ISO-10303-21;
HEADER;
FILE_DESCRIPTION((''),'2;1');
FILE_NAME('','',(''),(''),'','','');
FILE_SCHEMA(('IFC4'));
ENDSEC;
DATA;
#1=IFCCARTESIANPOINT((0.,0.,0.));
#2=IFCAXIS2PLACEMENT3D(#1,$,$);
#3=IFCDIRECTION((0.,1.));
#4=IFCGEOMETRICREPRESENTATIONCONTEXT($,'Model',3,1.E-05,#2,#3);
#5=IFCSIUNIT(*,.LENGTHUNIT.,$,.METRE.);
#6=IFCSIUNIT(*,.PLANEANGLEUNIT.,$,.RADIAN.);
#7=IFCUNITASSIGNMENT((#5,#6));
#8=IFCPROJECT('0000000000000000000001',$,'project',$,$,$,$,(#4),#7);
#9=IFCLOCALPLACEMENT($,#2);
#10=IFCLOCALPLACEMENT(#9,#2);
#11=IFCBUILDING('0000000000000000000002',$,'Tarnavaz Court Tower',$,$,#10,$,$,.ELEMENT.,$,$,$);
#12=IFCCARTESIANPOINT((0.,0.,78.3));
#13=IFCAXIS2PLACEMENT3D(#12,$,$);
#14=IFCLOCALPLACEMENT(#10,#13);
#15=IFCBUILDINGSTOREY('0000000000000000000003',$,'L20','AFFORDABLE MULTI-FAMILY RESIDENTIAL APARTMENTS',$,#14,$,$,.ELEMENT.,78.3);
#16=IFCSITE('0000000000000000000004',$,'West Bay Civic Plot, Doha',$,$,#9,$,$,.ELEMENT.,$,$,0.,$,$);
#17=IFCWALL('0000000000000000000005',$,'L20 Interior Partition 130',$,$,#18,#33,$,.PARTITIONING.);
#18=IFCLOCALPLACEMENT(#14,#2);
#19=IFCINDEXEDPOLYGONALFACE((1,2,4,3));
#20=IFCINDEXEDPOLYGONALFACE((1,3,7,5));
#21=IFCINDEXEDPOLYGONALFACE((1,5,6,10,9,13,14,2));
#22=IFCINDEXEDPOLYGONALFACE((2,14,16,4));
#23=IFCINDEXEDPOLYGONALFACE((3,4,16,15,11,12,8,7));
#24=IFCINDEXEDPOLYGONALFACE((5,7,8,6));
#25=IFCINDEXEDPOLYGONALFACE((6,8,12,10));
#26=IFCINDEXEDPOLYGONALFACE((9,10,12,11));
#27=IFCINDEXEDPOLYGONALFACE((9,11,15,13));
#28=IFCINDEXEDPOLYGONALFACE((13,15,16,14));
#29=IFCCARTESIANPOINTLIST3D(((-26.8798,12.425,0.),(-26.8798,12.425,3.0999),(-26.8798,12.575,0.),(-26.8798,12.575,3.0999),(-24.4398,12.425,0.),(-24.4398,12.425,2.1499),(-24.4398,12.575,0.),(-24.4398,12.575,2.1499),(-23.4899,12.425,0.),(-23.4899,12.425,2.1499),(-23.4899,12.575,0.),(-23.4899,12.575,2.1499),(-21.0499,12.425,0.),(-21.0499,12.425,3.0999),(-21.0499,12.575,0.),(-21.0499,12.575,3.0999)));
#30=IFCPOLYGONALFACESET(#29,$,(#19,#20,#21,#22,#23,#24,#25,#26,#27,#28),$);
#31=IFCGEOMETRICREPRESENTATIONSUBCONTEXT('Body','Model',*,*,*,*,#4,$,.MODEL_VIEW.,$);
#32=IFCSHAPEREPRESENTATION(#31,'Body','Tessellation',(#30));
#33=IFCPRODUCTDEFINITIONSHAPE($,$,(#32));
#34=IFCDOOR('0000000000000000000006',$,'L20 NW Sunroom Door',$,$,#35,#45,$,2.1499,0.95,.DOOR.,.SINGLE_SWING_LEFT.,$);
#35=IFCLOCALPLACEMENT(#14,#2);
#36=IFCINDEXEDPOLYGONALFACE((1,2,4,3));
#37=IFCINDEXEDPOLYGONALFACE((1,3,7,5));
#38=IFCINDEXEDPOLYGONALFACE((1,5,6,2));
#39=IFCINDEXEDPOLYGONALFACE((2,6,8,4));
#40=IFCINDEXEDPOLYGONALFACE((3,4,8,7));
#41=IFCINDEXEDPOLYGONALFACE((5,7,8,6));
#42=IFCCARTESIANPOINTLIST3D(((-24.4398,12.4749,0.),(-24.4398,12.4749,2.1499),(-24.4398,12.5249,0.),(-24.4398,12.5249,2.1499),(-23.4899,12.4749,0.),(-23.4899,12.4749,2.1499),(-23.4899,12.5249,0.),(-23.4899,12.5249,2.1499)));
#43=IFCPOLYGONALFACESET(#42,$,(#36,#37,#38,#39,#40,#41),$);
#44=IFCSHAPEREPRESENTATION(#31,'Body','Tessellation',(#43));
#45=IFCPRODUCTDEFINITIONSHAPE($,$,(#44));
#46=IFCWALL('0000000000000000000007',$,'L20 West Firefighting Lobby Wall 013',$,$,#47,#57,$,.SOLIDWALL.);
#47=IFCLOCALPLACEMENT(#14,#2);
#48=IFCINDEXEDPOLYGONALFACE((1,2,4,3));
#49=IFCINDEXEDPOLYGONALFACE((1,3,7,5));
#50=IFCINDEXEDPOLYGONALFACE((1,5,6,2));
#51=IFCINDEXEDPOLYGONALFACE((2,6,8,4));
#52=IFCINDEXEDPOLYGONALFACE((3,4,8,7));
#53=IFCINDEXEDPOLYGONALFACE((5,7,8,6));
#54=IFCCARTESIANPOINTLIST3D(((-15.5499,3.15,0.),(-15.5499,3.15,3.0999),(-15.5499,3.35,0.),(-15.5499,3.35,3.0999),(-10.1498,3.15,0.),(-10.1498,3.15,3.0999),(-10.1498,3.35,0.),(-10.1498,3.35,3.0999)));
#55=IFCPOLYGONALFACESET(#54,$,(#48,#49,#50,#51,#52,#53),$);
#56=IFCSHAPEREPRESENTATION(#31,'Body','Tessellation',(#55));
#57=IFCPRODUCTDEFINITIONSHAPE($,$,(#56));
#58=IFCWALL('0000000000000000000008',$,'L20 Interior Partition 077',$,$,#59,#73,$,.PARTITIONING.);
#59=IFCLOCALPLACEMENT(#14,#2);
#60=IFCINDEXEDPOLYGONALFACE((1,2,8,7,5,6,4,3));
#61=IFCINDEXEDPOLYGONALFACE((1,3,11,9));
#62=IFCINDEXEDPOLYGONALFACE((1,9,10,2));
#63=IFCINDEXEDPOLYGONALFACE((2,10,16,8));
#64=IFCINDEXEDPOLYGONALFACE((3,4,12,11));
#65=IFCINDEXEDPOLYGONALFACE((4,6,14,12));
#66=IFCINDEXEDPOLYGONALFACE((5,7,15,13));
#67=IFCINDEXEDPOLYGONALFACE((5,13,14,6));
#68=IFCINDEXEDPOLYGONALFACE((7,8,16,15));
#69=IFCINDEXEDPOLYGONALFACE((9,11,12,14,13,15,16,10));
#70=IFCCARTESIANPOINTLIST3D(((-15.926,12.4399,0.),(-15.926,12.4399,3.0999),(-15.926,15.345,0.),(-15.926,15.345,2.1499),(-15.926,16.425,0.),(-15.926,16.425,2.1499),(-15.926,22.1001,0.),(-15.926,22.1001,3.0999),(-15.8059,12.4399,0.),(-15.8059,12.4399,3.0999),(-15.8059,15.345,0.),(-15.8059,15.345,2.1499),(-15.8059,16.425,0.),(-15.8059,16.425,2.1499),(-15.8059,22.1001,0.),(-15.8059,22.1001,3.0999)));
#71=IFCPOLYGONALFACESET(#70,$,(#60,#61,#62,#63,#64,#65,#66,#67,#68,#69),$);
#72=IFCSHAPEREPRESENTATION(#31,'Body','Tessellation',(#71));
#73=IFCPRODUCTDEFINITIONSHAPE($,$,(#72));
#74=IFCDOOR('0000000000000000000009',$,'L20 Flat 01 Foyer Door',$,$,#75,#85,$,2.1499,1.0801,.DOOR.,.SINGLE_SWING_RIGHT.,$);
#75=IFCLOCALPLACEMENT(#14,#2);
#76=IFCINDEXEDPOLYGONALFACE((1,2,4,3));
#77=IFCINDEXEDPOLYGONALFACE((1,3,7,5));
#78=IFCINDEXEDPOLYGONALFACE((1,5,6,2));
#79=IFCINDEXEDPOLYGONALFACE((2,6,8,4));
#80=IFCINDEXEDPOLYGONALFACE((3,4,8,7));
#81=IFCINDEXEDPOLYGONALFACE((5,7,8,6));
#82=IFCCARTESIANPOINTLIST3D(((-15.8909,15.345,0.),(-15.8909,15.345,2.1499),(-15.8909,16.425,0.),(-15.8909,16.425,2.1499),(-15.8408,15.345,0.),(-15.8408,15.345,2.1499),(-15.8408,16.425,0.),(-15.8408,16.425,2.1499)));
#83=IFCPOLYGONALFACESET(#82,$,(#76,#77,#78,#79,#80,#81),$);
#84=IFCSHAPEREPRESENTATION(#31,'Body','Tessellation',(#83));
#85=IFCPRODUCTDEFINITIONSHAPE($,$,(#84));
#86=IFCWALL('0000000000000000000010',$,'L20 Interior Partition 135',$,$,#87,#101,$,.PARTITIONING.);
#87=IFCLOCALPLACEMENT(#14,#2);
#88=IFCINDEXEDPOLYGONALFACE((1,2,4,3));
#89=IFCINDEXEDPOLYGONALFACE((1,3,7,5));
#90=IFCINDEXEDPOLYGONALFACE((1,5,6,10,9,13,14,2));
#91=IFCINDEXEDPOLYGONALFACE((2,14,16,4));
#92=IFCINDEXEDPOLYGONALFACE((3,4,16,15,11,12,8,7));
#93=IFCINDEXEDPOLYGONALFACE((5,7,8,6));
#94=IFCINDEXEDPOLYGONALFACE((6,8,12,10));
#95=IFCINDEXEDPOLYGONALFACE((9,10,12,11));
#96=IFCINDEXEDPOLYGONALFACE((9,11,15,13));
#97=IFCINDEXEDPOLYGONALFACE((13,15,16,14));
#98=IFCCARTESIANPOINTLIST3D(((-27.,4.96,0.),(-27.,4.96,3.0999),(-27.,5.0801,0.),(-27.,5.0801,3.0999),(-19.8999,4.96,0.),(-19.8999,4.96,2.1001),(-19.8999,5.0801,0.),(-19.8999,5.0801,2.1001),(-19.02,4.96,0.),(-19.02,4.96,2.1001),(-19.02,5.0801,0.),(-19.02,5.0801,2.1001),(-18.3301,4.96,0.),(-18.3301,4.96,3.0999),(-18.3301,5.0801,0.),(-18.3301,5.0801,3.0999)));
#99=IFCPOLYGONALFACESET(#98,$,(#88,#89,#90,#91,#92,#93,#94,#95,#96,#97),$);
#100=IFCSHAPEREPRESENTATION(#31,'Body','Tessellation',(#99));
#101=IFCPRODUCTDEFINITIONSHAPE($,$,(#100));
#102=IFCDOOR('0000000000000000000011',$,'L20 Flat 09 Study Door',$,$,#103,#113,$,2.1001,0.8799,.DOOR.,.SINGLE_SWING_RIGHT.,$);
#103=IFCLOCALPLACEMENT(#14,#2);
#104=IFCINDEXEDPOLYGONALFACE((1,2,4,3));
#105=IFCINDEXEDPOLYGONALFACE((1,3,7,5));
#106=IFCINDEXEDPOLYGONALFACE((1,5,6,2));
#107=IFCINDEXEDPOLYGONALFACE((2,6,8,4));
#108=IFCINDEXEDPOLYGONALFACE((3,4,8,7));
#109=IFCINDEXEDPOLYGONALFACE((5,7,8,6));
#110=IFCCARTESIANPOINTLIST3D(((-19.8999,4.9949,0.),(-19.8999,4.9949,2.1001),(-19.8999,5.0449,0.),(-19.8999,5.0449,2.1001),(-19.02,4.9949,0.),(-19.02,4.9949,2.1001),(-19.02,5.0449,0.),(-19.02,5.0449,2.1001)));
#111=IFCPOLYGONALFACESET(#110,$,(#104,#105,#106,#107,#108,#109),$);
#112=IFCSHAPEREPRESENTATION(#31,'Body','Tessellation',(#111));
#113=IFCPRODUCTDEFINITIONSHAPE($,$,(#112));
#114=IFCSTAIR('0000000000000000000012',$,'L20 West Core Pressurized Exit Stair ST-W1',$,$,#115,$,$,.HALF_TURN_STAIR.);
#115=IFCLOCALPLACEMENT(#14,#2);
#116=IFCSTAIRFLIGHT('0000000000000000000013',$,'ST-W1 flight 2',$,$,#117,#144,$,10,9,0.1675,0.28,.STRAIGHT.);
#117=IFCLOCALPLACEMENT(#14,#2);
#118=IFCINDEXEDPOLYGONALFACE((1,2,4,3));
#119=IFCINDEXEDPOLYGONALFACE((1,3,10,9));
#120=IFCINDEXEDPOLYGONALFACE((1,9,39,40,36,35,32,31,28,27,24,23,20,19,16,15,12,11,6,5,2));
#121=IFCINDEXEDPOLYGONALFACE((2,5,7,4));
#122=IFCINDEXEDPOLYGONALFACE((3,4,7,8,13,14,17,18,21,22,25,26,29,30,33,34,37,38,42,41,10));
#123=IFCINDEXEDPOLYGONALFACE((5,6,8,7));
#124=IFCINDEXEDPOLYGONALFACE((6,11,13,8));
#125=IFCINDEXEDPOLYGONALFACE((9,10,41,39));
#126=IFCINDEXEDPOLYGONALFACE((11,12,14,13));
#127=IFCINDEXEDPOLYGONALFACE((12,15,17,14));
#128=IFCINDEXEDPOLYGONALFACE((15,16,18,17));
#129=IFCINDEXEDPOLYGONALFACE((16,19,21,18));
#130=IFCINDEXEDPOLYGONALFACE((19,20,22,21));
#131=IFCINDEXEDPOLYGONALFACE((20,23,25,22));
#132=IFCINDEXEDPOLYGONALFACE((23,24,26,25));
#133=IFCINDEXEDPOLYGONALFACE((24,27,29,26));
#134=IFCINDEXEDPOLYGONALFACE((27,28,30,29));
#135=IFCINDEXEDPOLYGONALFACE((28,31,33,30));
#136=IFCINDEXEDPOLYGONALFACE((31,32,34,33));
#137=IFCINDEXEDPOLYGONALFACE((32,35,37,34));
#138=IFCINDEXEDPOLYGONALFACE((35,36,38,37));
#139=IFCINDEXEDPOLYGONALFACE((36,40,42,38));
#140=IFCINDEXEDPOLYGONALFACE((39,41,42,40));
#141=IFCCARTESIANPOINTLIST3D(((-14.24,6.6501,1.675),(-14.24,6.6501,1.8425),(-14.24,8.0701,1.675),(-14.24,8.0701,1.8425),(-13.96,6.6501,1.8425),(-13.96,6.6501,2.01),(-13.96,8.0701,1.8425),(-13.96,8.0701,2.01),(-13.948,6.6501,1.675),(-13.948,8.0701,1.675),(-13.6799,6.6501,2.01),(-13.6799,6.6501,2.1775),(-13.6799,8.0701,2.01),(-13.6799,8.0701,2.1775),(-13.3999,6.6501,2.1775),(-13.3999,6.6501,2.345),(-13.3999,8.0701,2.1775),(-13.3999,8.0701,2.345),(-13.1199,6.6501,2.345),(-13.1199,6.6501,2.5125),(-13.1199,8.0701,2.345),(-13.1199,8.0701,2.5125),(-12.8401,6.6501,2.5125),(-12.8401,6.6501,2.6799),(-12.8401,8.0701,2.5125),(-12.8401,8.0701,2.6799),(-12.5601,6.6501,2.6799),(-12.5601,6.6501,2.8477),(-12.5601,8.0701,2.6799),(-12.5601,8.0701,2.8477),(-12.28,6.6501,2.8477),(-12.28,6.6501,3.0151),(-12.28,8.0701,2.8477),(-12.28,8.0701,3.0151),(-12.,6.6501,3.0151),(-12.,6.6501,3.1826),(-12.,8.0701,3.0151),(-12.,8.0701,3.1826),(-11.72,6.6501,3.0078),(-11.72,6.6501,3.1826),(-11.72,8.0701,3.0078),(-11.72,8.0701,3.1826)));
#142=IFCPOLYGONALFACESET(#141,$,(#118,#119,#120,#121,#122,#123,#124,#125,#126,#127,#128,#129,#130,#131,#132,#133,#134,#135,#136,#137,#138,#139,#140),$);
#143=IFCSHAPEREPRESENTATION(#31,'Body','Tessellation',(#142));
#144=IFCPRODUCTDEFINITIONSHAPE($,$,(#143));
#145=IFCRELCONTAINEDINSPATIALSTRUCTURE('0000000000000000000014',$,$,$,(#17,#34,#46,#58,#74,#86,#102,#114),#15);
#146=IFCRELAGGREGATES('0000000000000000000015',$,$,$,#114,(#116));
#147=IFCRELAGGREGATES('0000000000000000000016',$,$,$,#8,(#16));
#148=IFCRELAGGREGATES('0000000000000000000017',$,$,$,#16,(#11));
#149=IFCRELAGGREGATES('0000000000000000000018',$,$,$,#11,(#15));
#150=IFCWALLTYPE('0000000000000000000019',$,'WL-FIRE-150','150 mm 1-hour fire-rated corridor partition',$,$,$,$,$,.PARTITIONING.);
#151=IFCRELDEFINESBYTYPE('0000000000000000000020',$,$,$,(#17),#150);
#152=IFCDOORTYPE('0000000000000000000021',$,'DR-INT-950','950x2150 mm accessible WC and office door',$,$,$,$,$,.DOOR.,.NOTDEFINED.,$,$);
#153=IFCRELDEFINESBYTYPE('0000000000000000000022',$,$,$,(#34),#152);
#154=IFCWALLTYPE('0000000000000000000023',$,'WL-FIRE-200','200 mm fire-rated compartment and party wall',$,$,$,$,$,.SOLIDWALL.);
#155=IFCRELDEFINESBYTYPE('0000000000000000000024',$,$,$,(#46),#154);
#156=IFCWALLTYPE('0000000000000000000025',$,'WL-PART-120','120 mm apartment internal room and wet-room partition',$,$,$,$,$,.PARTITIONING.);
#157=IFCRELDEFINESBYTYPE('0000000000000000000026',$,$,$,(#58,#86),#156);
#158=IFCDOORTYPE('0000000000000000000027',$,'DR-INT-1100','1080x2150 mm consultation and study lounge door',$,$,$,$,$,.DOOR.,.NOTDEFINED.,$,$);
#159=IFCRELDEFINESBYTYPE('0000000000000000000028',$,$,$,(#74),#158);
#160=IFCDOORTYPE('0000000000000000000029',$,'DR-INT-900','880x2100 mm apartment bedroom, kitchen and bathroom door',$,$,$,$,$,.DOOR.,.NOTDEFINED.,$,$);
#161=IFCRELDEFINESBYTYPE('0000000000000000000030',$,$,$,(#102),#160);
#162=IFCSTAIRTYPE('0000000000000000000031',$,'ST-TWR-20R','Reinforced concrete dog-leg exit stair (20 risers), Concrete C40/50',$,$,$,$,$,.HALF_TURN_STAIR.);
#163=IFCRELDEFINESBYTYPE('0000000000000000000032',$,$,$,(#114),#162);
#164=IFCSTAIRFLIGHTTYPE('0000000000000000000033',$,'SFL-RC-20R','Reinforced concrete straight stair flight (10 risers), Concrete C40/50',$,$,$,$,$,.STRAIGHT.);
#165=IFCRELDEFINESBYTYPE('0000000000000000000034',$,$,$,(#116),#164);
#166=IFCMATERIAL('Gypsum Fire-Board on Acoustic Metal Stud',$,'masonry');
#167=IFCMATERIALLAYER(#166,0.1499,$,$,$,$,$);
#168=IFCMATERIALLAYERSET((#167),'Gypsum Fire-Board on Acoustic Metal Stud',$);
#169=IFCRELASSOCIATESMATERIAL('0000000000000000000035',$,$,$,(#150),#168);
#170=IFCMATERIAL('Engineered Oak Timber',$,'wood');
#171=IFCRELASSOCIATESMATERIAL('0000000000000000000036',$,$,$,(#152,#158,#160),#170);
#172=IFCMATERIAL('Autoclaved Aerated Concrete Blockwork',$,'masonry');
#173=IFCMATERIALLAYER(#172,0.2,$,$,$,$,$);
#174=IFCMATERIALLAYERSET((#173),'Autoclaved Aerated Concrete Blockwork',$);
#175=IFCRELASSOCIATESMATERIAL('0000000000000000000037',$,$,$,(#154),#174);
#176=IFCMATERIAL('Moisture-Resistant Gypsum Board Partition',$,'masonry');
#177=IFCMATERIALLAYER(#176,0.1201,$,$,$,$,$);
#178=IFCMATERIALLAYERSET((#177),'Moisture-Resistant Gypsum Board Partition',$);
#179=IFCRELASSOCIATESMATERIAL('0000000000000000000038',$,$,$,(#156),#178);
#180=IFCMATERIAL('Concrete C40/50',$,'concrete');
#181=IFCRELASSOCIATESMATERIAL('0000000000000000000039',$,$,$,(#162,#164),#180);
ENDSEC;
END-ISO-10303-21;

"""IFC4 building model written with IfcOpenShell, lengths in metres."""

from ifc_helpers import new_model, si_unit, direction, frame, frame_2d, origin, place, context, subcontext, project, spatial, polyline, rectangle, outline, extrude, material, layer, layer_set, type_object, element, fill, aggregate, save


model = new_model("IFC4")

# Units and contexts
model_context = context("Model", 3, precision=1e-05, world=origin(), true_north=direction((0.0, 1.0)))
body_context = subcontext(model_context, "Body", "Model", "MODEL_VIEW")
ifc_project = project(units=[si_unit("LENGTHUNIT", "METRE"), si_unit("PLANEANGLEUNIT", "RADIAN")], contexts=[model_context])

# Site, building, storey
site_placement = place(None, origin())
site = spatial("IfcSite", under=ifc_project, at=site_placement, Name="West Bay Civic Plot, Doha", CompositionType="ELEMENT", RefElevation=0.0)
building_placement = place(site_placement, origin())
building = spatial("IfcBuilding", under=site, at=building_placement, Name="Tarnavaz Court Tower", CompositionType="ELEMENT")
storey_placement = place(building_placement, frame((0.0, 0.0, 78.3)))
storey = spatial("IfcBuildingStorey", under=building, at=storey_placement, Name="L20", Description="AFFORDABLE MULTI-FAMILY RESIDENTIAL APARTMENTS", CompositionType="ELEMENT", Elevation=78.3)

# Shared definitions
ifc_material_1 = material(Name="Gypsum Fire-Board on Acoustic Metal Stud", Category="masonry")
ifc_layer_1 = layer(ifc_material_1, 0.1499)
ifc_layer_set_1 = layer_set([ifc_layer_1], Name="Gypsum Fire-Board on Acoustic Metal Stud")
wall_type_1 = type_object("IfcWallType", Name="WL-FIRE-150", Description="150 mm 1-hour fire-rated corridor partition", PredefinedType="PARTITIONING", material=ifc_layer_set_1)

# Wall, opening, door
wall_1_placement = place(storey_placement, frame((-26.8799, 12.5, 0.0), z_axis=(0.0, 0.0, 1.0), x_axis=(1.0, 0.0, 0.0)))
wall_1 = element("IfcWall", 1, at=wall_1_placement, inside=storey, type_object=wall_type_1, Name="L20 Interior Partition 130", PredefinedType="PARTITIONING", context=body_context, shape_type="SweptSolid", body=[
    extrude(rectangle(XDim=5.8298, YDim=0.1499, at=frame_2d((2.915, 0.0))), origin(), (0.0, 0.0, 1.0), 3.0999),
])
opening_1_placement = place(wall_1_placement, frame((2.4399, 0.0, 0.0)))
opening_1 = element("IfcOpeningElement", 2, at=opening_1_placement, cuts=wall_1, PredefinedType="OPENING", context=body_context, shape_type="SweptSolid", body=[
    extrude(rectangle(XDim=0.95, YDim=2.1499, at=frame_2d((0.4751, 1.075))), frame((0.0, 0.085, 0.0), z_axis=(0.0, -1.0, 0.0), x_axis=(1.0, 0.0, 0.0)), (0.0, 0.0, 1.0), 0.1699),
])
ifc_material_2 = material(Name="Engineered Oak Timber", Category="wood")
door_type_1 = type_object("IfcDoorType", Name="DR-INT-950", Description="950x2150 mm accessible WC and office door", OperationType="NOTDEFINED", PredefinedType="DOOR", material=ifc_material_2)
door_1_placement = place(opening_1_placement, origin())
door_1 = element("IfcDoor", 3, at=door_1_placement, inside=storey, type_object=door_type_1, Name="L20 NW Sunroom Door", OperationType="SINGLE_SWING_LEFT", OverallHeight=2.1499, OverallWidth=0.95, PredefinedType="DOOR", context=body_context, shape_type="SweptSolid", body=[
    extrude(rectangle(XDim=0.95, YDim=2.1499, at=frame_2d((0.4751, 1.075))), frame((0.0, 0.0249, 0.0), z_axis=(0.0, -1.0, 0.0), x_axis=(1.0, 0.0, 0.0)), (0.0, 0.0, 1.0), 0.05),
])
fill(opening_1, door_1)

# Wall
ifc_material_3 = material(Name="Autoclaved Aerated Concrete Blockwork", Category="masonry")
ifc_layer_2 = layer(ifc_material_3, 0.2)
ifc_layer_set_2 = layer_set([ifc_layer_2], Name="Autoclaved Aerated Concrete Blockwork")
wall_type_2 = type_object("IfcWallType", Name="WL-FIRE-200", Description="200 mm fire-rated compartment and party wall", PredefinedType="SOLIDWALL", material=ifc_layer_set_2)
wall_2_placement = place(storey_placement, frame((-15.55, 3.25, 0.0), z_axis=(0.0, 0.0, 1.0), x_axis=(1.0, 0.0, 0.0)))
element("IfcWall", 4, at=wall_2_placement, inside=storey, type_object=wall_type_2, Name="L20 West Firefighting Lobby Wall 013", PredefinedType="SOLIDWALL", context=body_context, shape_type="SweptSolid", body=[
    extrude(rectangle(XDim=5.4001, YDim=0.2, at=frame_2d((2.7002, 0.0))), origin(), (0.0, 0.0, 1.0), 3.0999),
])

# Walls, openings, doors
ifc_material_4 = material(Name="Moisture-Resistant Gypsum Board Partition", Category="masonry")
ifc_layer_3 = layer(ifc_material_4, 0.1201)
ifc_layer_set_3 = layer_set([ifc_layer_3], Name="Moisture-Resistant Gypsum Board Partition")
wall_type_3 = type_object("IfcWallType", Name="WL-PART-120", Description="120 mm apartment internal room and wet-room partition", PredefinedType="PARTITIONING", material=ifc_layer_set_3)
wall_3_placement = place(storey_placement, frame((-15.866, 12.4399, 0.0), z_axis=(0.0, 0.0, 1.0), x_axis=(0.0, 1.0, 0.0)))
wall_3 = element("IfcWall", 5, at=wall_3_placement, inside=storey, type_object=wall_type_3, Name="L20 Interior Partition 077", PredefinedType="PARTITIONING", context=body_context, shape_type="SweptSolid", body=[
    extrude(rectangle(XDim=9.6602, YDim=0.1201, at=frame_2d((4.8301, 0.0))), origin(), (0.0, 0.0, 1.0), 3.0999),
])
opening_2_placement = place(wall_3_placement, frame((2.905, 0.0, 0.0)))
opening_2 = element("IfcOpeningElement", 6, at=opening_2_placement, cuts=wall_3, PredefinedType="OPENING", context=body_context, shape_type="SweptSolid", body=[
    extrude(rectangle(XDim=1.0801, YDim=2.1499, at=frame_2d((0.54, 1.075))), frame((0.0, 0.0701, 0.0), z_axis=(0.0, -1.0, 0.0), x_axis=(1.0, 0.0, 0.0)), (0.0, 0.0, 1.0), 0.1401),
])
door_type_2 = type_object("IfcDoorType", Name="DR-INT-1100", Description="1080x2150 mm consultation and study lounge door", OperationType="NOTDEFINED", PredefinedType="DOOR", material=ifc_material_2)
door_2_placement = place(opening_2_placement, origin())
door_2 = element("IfcDoor", 7, at=door_2_placement, inside=storey, type_object=door_type_2, Name="L20 Flat 01 Foyer Door", OperationType="SINGLE_SWING_RIGHT", OverallHeight=2.1499, OverallWidth=1.0801, PredefinedType="DOOR", context=body_context, shape_type="SweptSolid", body=[
    extrude(rectangle(XDim=1.0801, YDim=2.1499, at=frame_2d((0.54, 1.075))), frame((0.0, 0.0249, 0.0), z_axis=(0.0, -1.0, 0.0), x_axis=(1.0, 0.0, 0.0)), (0.0, 0.0, 1.0), 0.05),
])
fill(opening_2, door_2)
wall_4_placement = place(storey_placement, frame((-27.0, 5.02, 0.0), z_axis=(0.0, 0.0, 1.0), x_axis=(1.0, 0.0, 0.0)))
wall_4 = element("IfcWall", 8, at=wall_4_placement, inside=storey, type_object=wall_type_3, Name="L20 Interior Partition 135", PredefinedType="PARTITIONING", context=body_context, shape_type="SweptSolid", body=[
    extrude(rectangle(XDim=8.6699, YDim=0.1201, at=frame_2d((4.335, 0.0))), origin(), (0.0, 0.0, 1.0), 3.0999),
])
opening_3_placement = place(wall_4_placement, frame((7.1001, 0.0, 0.0)))
opening_3 = element("IfcOpeningElement", 9, at=opening_3_placement, cuts=wall_4, PredefinedType="OPENING", context=body_context, shape_type="SweptSolid", body=[
    extrude(rectangle(XDim=0.8799, YDim=2.1001, at=frame_2d((0.4399, 1.05))), frame((0.0, 0.0701, 0.0), z_axis=(0.0, -1.0, 0.0), x_axis=(1.0, 0.0, 0.0)), (0.0, 0.0, 1.0), 0.1401),
])
door_type_3 = type_object("IfcDoorType", Name="DR-INT-900", Description="880x2100 mm apartment bedroom, kitchen and bathroom door", OperationType="NOTDEFINED", PredefinedType="DOOR", material=ifc_material_2)
door_3_placement = place(opening_3_placement, origin())
door_3 = element("IfcDoor", 10, at=door_3_placement, inside=storey, type_object=door_type_3, Name="L20 Flat 09 Study Door", OperationType="SINGLE_SWING_RIGHT", OverallHeight=2.1001, OverallWidth=0.8799, PredefinedType="DOOR", context=body_context, shape_type="SweptSolid", body=[
    extrude(rectangle(XDim=0.8799, YDim=2.1001, at=frame_2d((0.4399, 1.05))), frame((0.0, 0.0249, 0.0), z_axis=(0.0, -1.0, 0.0), x_axis=(1.0, 0.0, 0.0)), (0.0, 0.0, 1.0), 0.05),
])
fill(opening_3, door_3)

# Stair, stair flight
ifc_material_5 = material(Name="Concrete C40/50", Category="concrete")
stair_type = type_object("IfcStairType", Name="ST-TWR-20R", Description="Reinforced concrete dog-leg exit stair (20 risers), Concrete C40/50", PredefinedType="HALF_TURN_STAIR", material=ifc_material_5)
stair_placement = place(storey_placement, origin())
stair = element("IfcStair", 11, at=stair_placement, inside=storey, type_object=stair_type, Name="L20 West Core Pressurized Exit Stair ST-W1", PredefinedType="HALF_TURN_STAIR")
stair_flight_type = type_object("IfcStairFlightType", Name="SFL-RC-20R", Description="Reinforced concrete straight stair flight (10 risers), Concrete C40/50", PredefinedType="STRAIGHT", material=ifc_material_5)
stair_flight_placement = place(storey_placement, frame((-14.24, 7.3601, 1.675), z_axis=(0.0, 0.0, 1.0), x_axis=(1.0, 0.0, 0.0)))
stair_flight = element("IfcStairFlight", 12, at=stair_flight_placement, type_object=stair_flight_type, Name="ST-W1 flight 2", NumberOfRisers=10, NumberOfTreads=9, PredefinedType="STRAIGHT", RiserHeight=0.1675, TreadLength=0.28, context=body_context, shape_type="SweptSolid", body=[
    extrude(outline(polyline([(0.0, 0.0), (0.0, 0.1675), (0.28, 0.1675), (0.28, 0.335), (0.5601, 0.335), (0.5601, 0.5024), (0.8401, 0.5024), (0.8401, 0.6699), (1.1201, 0.6699), (1.1201, 0.8374), (1.3999, 0.8374), (1.3999, 1.0049), (1.6799, 1.0049), (1.6799, 1.1726), (1.96, 1.1726), (1.96, 1.3401), (2.24, 1.3401), (2.24, 1.5076), (2.52, 1.5076), (2.52, 1.675), (2.52, 1.3328), (0.292, 0.0), (0.0, 0.0)])), frame((0.0, 0.71, 0.0), z_axis=(0.0, -1.0, 0.0), x_axis=(1.0, 0.0, 0.0)), (0.0, 0.0, 1.0), 1.4199),
])
aggregate(stair, [stair_flight])

save(model, "model.ifc")
